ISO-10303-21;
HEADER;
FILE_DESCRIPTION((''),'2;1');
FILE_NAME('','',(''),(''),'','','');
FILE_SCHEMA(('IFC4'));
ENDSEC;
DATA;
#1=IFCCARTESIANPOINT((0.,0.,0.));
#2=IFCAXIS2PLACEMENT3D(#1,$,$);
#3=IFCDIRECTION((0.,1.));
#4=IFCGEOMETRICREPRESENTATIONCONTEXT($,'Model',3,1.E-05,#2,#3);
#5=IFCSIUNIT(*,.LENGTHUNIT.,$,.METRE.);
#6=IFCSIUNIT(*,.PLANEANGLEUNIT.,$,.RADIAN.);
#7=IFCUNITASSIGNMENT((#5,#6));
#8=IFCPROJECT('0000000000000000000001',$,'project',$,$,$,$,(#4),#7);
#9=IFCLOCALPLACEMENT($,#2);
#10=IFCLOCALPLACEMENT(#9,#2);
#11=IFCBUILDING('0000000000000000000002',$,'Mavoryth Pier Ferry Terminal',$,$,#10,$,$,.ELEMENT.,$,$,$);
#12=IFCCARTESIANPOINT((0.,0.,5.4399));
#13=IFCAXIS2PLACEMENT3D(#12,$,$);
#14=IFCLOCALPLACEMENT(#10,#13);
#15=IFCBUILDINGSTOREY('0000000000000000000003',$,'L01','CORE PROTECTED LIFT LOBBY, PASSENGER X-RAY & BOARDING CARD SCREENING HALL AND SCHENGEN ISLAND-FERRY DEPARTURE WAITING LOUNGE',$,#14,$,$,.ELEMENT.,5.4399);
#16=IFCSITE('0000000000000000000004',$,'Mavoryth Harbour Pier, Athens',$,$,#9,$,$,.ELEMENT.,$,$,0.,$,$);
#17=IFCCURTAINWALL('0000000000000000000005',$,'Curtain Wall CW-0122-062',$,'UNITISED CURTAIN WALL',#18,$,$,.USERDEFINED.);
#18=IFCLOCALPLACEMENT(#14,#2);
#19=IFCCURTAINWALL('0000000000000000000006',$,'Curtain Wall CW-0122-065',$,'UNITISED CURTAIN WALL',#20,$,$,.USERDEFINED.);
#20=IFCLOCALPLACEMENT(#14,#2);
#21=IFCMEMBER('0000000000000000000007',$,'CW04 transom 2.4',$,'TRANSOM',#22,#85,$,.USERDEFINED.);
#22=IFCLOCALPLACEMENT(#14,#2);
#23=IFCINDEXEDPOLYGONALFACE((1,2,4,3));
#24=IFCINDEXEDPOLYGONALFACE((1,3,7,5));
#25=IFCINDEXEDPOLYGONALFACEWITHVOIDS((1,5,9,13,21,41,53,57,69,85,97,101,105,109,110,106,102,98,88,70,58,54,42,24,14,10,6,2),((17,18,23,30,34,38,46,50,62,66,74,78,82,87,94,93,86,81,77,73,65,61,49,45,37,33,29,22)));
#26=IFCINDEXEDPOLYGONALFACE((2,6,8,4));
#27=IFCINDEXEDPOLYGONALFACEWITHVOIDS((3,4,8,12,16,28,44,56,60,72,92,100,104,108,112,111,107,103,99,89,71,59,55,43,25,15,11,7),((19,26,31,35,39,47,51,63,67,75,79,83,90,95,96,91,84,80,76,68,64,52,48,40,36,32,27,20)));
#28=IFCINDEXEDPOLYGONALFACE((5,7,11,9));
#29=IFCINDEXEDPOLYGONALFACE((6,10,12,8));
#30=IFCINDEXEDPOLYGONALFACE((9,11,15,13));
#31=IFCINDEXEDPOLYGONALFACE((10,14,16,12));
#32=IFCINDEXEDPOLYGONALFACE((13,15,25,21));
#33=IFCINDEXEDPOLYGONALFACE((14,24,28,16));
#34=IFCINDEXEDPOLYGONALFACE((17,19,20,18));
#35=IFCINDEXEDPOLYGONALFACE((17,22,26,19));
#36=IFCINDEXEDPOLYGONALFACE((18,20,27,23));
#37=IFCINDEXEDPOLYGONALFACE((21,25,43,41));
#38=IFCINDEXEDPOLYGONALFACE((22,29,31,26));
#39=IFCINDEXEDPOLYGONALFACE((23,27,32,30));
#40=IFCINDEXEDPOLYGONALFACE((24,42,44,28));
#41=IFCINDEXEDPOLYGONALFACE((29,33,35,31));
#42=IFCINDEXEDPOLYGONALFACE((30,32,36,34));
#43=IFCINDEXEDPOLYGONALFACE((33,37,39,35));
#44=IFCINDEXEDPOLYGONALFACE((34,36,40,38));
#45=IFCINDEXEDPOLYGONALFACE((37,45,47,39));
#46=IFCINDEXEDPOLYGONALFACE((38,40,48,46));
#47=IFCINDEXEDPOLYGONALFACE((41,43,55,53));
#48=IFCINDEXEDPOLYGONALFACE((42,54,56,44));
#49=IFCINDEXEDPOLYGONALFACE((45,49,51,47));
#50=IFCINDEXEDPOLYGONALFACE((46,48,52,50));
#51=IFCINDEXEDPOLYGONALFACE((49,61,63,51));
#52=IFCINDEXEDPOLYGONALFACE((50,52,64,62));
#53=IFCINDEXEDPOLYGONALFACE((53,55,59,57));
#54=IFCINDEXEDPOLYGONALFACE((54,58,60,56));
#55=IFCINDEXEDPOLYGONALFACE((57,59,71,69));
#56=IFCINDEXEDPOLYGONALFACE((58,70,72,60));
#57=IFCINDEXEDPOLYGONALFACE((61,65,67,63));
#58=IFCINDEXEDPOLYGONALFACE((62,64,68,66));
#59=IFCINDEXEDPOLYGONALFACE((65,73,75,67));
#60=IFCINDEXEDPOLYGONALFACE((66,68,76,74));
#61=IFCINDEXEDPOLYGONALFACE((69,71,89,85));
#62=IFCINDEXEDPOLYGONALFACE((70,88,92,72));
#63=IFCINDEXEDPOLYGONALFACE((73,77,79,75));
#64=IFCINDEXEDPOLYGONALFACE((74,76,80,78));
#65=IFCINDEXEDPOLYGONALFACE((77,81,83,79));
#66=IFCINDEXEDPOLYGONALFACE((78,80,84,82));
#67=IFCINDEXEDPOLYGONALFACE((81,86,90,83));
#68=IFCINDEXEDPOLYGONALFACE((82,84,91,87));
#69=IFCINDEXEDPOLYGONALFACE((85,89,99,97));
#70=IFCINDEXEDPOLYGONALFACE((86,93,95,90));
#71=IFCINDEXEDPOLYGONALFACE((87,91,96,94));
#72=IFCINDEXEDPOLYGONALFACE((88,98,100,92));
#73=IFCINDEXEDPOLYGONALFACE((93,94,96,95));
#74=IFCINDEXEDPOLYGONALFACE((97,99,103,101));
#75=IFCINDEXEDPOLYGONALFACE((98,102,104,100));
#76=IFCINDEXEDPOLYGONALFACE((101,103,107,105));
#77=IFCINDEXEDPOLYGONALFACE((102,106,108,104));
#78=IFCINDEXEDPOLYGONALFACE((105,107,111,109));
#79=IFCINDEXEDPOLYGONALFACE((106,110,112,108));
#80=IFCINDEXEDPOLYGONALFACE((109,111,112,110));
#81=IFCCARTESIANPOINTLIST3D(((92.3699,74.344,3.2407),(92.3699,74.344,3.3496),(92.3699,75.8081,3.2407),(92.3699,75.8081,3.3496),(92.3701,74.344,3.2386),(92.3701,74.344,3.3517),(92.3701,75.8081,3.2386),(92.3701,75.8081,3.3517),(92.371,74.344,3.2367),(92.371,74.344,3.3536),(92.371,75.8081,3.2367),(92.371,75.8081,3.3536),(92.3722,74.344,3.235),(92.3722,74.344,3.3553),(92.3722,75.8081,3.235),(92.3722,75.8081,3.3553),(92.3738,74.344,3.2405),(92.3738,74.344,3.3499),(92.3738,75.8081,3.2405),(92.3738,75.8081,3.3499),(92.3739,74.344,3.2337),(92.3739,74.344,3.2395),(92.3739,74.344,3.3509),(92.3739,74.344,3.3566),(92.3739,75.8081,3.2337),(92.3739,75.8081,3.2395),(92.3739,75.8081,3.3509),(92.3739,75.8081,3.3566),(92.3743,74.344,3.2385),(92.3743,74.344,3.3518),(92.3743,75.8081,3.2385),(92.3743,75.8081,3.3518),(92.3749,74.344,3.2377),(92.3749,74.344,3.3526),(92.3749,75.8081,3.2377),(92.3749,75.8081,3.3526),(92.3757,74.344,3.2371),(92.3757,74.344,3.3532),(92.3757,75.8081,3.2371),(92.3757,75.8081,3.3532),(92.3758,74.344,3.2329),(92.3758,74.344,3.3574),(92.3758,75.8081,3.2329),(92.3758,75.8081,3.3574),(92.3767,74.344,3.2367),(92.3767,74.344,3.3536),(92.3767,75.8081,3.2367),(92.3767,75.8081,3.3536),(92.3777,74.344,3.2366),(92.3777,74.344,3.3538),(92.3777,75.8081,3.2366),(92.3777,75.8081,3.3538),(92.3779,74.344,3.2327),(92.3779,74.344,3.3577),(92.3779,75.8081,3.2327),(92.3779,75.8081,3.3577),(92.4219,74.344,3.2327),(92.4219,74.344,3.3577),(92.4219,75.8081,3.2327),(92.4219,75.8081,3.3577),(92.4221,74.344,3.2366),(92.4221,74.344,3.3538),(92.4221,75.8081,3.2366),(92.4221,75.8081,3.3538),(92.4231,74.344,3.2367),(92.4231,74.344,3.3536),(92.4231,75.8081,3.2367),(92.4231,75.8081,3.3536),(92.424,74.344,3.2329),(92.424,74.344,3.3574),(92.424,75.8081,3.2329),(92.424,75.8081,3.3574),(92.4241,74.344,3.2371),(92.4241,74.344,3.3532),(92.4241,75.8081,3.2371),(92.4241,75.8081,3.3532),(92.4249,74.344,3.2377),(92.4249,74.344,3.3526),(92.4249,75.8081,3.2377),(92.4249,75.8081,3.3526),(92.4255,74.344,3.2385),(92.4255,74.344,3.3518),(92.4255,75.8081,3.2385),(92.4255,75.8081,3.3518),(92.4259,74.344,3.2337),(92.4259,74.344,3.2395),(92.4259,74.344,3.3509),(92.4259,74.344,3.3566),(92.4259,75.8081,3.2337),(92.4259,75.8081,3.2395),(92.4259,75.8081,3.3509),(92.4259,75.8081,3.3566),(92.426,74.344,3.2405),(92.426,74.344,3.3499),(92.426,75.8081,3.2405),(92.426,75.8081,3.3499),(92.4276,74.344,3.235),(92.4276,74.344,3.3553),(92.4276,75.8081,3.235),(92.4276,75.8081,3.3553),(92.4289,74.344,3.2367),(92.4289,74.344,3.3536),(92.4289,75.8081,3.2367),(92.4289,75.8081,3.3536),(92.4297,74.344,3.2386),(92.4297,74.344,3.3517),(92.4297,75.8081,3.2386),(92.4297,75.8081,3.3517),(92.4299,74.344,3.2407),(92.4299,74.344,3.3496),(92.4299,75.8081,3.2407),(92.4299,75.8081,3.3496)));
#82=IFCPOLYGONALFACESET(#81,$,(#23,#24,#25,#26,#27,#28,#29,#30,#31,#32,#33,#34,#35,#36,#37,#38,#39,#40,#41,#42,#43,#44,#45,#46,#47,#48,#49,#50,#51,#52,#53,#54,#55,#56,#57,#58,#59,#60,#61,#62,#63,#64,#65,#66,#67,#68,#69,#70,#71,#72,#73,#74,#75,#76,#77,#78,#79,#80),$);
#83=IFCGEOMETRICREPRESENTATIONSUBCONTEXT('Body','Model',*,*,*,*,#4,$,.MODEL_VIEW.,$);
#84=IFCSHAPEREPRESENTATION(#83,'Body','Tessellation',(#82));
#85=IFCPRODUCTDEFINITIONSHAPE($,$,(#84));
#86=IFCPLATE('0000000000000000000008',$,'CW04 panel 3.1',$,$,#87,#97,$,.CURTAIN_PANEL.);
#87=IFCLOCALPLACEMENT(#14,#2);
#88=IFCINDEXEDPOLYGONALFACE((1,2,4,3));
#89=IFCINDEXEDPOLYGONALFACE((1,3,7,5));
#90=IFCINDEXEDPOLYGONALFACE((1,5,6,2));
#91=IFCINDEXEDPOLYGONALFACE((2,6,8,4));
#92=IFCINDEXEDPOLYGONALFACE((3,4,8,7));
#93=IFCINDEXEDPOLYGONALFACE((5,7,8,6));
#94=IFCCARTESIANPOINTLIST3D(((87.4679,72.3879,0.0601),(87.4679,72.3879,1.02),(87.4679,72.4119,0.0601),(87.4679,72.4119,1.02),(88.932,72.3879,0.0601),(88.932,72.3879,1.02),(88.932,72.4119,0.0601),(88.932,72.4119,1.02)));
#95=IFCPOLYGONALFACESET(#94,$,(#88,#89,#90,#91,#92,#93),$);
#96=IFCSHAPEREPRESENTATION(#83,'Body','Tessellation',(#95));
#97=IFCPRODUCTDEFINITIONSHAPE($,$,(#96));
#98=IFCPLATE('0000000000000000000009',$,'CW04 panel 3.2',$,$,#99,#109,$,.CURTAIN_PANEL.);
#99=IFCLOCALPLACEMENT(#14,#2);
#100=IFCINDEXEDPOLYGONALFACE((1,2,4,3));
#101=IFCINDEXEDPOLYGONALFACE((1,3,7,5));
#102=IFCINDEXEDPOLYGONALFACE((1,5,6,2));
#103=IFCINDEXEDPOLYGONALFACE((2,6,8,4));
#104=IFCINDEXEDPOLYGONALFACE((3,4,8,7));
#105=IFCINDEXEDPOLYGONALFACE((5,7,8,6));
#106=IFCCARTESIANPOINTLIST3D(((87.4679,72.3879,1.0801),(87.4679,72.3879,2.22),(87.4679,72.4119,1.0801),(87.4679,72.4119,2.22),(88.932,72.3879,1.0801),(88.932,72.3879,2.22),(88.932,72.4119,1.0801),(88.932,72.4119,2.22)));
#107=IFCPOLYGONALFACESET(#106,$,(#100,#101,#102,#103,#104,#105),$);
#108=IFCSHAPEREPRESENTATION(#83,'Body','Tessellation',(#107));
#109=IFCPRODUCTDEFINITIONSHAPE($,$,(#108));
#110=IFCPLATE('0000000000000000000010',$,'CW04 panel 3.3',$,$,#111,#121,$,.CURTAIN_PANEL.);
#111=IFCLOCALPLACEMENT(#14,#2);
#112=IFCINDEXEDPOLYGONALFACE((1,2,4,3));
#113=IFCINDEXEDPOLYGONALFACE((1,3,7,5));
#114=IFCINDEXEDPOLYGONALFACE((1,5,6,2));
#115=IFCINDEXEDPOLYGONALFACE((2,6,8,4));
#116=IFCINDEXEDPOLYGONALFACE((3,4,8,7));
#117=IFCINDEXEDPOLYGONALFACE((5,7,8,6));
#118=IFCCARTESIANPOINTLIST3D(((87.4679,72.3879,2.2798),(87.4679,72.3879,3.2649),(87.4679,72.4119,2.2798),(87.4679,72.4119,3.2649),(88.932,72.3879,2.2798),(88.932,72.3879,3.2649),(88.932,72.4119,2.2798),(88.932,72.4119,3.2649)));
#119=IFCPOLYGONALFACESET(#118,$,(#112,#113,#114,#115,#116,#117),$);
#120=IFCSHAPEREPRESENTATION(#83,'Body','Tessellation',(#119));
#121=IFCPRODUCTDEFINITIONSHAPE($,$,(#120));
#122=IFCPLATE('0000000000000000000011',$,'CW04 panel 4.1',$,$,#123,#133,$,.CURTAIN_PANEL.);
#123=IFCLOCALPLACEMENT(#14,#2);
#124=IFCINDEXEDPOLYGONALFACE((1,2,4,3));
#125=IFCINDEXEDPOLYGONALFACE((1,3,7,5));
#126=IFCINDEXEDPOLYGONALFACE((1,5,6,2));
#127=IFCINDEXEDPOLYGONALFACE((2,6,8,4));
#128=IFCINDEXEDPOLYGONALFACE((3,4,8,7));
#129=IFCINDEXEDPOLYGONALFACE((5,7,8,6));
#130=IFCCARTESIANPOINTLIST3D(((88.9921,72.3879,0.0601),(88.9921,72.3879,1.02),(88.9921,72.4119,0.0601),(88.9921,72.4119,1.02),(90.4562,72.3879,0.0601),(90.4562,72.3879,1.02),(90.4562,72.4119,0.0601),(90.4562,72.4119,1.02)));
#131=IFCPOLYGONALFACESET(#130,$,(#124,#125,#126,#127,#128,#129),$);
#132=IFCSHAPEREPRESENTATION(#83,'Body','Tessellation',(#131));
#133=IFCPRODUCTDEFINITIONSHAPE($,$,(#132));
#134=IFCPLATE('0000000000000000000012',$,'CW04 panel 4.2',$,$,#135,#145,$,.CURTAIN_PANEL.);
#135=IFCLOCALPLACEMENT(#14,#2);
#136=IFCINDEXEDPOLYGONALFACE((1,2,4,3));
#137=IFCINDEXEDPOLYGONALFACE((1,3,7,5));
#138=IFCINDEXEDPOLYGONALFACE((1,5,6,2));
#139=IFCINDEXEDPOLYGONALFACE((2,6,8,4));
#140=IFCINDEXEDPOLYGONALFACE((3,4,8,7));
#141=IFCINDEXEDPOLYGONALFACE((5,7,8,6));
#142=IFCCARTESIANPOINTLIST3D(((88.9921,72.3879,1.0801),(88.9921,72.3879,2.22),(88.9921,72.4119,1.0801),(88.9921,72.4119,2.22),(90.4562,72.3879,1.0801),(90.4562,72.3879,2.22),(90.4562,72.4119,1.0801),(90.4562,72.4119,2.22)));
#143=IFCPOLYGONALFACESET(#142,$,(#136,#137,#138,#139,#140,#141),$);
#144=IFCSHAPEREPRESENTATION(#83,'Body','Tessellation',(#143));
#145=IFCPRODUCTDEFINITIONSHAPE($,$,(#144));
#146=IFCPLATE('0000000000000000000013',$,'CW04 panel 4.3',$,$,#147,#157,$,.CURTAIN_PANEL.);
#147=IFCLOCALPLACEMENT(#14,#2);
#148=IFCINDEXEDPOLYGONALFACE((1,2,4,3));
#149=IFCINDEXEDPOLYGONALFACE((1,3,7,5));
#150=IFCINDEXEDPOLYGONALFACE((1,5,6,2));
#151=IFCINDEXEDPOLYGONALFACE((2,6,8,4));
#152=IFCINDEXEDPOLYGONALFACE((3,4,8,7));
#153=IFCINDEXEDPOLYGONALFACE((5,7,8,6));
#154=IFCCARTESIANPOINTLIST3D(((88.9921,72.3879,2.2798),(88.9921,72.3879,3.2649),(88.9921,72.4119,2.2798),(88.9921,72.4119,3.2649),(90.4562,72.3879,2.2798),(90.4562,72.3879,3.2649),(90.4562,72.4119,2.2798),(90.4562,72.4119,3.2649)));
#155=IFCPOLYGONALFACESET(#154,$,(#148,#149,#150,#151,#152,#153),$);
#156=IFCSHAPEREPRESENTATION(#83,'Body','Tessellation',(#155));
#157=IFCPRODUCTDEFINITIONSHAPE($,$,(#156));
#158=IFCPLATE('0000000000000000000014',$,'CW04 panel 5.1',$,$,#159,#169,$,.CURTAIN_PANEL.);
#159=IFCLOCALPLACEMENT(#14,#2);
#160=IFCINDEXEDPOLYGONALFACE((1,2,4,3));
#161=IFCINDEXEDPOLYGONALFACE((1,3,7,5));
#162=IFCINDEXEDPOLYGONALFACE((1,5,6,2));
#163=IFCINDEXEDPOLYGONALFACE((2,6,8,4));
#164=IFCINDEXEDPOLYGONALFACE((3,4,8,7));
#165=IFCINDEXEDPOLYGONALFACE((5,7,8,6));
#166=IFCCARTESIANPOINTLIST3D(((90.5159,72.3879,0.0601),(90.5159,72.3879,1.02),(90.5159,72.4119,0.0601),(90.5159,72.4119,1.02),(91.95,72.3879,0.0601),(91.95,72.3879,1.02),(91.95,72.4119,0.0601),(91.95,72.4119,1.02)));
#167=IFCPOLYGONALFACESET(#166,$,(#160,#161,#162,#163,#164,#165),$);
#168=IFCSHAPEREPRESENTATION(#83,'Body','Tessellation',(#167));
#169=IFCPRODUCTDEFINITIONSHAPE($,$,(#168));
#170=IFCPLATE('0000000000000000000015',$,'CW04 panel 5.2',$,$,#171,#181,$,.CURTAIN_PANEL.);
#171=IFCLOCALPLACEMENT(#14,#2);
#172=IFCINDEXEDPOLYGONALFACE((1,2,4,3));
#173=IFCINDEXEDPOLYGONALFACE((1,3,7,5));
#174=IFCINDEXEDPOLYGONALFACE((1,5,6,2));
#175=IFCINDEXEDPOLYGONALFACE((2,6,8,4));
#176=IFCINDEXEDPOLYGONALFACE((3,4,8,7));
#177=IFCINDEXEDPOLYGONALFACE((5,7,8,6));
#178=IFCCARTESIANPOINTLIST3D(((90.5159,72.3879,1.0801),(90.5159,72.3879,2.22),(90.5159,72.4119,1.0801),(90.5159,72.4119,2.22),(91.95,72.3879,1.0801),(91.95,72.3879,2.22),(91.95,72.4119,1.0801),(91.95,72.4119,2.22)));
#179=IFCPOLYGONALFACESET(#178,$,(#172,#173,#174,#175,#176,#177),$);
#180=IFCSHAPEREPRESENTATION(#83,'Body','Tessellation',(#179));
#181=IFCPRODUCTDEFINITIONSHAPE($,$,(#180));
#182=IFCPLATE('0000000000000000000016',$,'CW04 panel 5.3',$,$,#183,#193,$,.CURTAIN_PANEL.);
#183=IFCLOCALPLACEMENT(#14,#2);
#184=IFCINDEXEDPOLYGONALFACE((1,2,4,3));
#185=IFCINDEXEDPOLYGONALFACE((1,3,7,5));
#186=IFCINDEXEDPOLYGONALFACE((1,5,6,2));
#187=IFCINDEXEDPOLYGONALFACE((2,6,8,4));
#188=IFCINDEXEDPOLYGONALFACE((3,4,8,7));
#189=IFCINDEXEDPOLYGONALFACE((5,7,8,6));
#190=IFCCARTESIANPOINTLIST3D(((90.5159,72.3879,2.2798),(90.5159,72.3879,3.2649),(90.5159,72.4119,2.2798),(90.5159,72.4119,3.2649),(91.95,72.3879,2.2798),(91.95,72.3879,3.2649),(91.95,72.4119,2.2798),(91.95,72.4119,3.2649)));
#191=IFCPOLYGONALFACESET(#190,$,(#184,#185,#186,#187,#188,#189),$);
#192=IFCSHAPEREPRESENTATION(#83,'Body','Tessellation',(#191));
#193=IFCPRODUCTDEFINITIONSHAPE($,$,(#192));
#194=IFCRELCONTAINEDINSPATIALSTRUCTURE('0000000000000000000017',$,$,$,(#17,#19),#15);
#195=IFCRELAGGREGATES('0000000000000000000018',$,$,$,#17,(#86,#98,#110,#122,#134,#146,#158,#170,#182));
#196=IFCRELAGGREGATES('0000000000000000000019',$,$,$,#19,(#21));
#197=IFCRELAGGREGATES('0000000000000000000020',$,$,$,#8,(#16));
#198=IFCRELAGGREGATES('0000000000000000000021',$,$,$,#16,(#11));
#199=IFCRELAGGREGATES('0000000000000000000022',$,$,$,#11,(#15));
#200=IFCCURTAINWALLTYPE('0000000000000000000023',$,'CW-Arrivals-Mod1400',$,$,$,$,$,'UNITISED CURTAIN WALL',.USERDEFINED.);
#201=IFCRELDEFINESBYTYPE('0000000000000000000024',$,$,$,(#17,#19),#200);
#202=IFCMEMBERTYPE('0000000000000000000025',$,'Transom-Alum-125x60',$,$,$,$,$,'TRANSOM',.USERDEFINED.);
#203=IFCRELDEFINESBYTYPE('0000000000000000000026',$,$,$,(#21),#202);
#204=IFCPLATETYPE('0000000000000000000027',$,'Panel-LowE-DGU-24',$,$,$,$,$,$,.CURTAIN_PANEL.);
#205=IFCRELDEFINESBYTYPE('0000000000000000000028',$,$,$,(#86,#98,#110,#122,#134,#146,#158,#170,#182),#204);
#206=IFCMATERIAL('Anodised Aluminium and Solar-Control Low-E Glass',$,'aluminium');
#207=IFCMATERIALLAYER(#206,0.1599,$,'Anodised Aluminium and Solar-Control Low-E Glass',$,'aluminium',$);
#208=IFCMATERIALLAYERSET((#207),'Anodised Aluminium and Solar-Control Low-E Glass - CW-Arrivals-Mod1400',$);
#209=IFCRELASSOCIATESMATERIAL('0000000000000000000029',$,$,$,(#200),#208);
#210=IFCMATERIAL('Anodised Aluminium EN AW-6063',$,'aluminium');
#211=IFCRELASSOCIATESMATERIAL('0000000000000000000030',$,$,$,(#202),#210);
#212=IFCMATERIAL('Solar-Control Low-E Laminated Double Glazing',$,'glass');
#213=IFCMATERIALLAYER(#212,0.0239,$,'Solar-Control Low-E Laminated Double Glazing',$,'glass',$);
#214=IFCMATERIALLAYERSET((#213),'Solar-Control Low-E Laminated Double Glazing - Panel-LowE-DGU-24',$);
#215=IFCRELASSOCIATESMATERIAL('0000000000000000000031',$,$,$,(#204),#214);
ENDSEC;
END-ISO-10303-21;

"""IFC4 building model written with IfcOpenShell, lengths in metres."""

from ifc_helpers import new_model, si_unit, direction, frame, origin, origin_2d, place, context, subcontext, project, spatial, rectangle, hollow_rectangle, extrude, material, layer, layer_set, material_profile, profile_set, type_object, element, aggregate, save


model = new_model("IFC4")

# Units and contexts
model_context = context("Model", 3, precision=1e-05, world=origin(), true_north=direction((0.0, 1.0)))
body_context = subcontext(model_context, "Body", "Model", "MODEL_VIEW")
ifc_project = project(units=[si_unit("LENGTHUNIT", "METRE"), si_unit("PLANEANGLEUNIT", "RADIAN")], contexts=[model_context])

# Site, building, storey
site_placement = place(None, origin())
site = spatial("IfcSite", under=ifc_project, at=site_placement, Name="Mavoryth Harbour Pier, Athens", CompositionType="ELEMENT", RefElevation=0.0)
building_placement = place(site_placement, origin())
building = spatial("IfcBuilding", under=site, at=building_placement, Name="Mavoryth Pier Ferry Terminal", CompositionType="ELEMENT")
storey_placement = place(building_placement, frame((0.0, 0.0, 5.4399)))
storey = spatial("IfcBuildingStorey", under=building, at=storey_placement, Name="L01", Description="CORE PROTECTED LIFT LOBBY, PASSENGER X-RAY & BOARDING CARD SCREENING HALL AND SCHENGEN ISLAND-FERRY DEPARTURE WAITING LOUNGE", CompositionType="ELEMENT", Elevation=5.4399)

# Curtain walls
ifc_material_1 = material(Name="Anodised Aluminium and Solar-Control Low-E Glass", Category="aluminium")
ifc_layer_1 = layer(ifc_material_1, 0.1599, Name="Anodised Aluminium and Solar-Control Low-E Glass", Category="aluminium")
ifc_layer_set_1 = layer_set([ifc_layer_1], Name="Anodised Aluminium and Solar-Control Low-E Glass - CW-Arrivals-Mod1400")
curtain_wall_type = type_object("IfcCurtainWallType", Name="CW-Arrivals-Mod1400", ElementType="UNITISED CURTAIN WALL", PredefinedType="USERDEFINED", material=ifc_layer_set_1)
curtain_wall_1_placement = place(storey_placement, origin())
curtain_wall_1 = element("IfcCurtainWall", 1, at=curtain_wall_1_placement, inside=storey, type_object=curtain_wall_type, Name="Curtain Wall CW-0122-062", ObjectType="UNITISED CURTAIN WALL", PredefinedType="USERDEFINED")
ifc_material_2 = material(Name="Anodised Aluminium EN AW-6063", Category="aluminium")
curtain_wall_2_placement = place(storey_placement, origin())
curtain_wall_2 = element("IfcCurtainWall", 2, at=curtain_wall_2_placement, inside=storey, type_object=curtain_wall_type, Name="Curtain Wall CW-0122-065", ObjectType="UNITISED CURTAIN WALL", PredefinedType="USERDEFINED")

# Member
ifc_material_profile_1 = material_profile(ifc_material_2, hollow_rectangle(XDim=0.0601, YDim=0.125, WallThickness=0.0039, InnerFilletRadius=0.0039, OuterFilletRadius=0.0081, at=origin_2d()), Name="AL-TRAN 125x60x4", Category="aluminium")
ifc_profile_set_1 = profile_set([ifc_material_profile_1], Name="Anodised Aluminium EN AW-6063 - AL-TRAN 125x60x4")
member_type_1 = type_object("IfcMemberType", Name="Transom-Alum-125x60", ElementType="TRANSOM", PredefinedType="USERDEFINED", material=ifc_profile_set_1)
member_1_placement = place(storey_placement, frame((92.3999, 74.344, 3.2952), z_axis=(0.0, 1.0, 0.0), x_axis=(-1.0, 0.0, 0.0)))
member_1 = element("IfcMember", 3, at=member_1_placement, type_object=member_type_1, Name="CW04 transom 2.4", ObjectType="TRANSOM", PredefinedType="USERDEFINED", context=body_context, shape_type="SweptSolid", body=[
    extrude(hollow_rectangle(XDim=0.0601, YDim=0.125, WallThickness=0.0039, InnerFilletRadius=0.0039, OuterFilletRadius=0.0081, at=origin_2d()), origin(), (0.0, 0.0, 1.0), 1.4641),
])

# Plates
ifc_material_3 = material(Name="Solar-Control Low-E Laminated Double Glazing", Category="glass")
ifc_layer_2 = layer(ifc_material_3, 0.0239, Name="Solar-Control Low-E Laminated Double Glazing", Category="glass")
ifc_layer_set_2 = layer_set([ifc_layer_2], Name="Solar-Control Low-E Laminated Double Glazing - Panel-LowE-DGU-24")
plate_type = type_object("IfcPlateType", Name="Panel-LowE-DGU-24", PredefinedType="CURTAIN_PANEL", material=ifc_layer_set_2)
plate_1_placement = place(storey_placement, frame((88.2, 72.3999, 0.0601), z_axis=(0.0, 0.0, 1.0), x_axis=(1.0, 0.0, 0.0)))
plate_1 = element("IfcPlate", 4, at=plate_1_placement, type_object=plate_type, Name="CW04 panel 3.1", PredefinedType="CURTAIN_PANEL", context=body_context, shape_type="SweptSolid", body=[
    extrude(rectangle(XDim=1.4641, YDim=0.0239, at=origin_2d()), origin(), (0.0, 0.0, 1.0), 0.96),
])
plate_2_placement = place(storey_placement, frame((88.2, 72.3999, 1.0801), z_axis=(0.0, 0.0, 1.0), x_axis=(1.0, 0.0, 0.0)))
plate_2 = element("IfcPlate", 5, at=plate_2_placement, type_object=plate_type, Name="CW04 panel 3.2", PredefinedType="CURTAIN_PANEL", context=body_context, shape_type="SweptSolid", body=[
    extrude(rectangle(XDim=1.4641, YDim=0.0239, at=origin_2d()), origin(), (0.0, 0.0, 1.0), 1.1399),
])
plate_3_placement = place(storey_placement, frame((88.2, 72.3999, 2.2798), z_axis=(0.0, 0.0, 1.0), x_axis=(1.0, 0.0, 0.0)))
plate_3 = element("IfcPlate", 6, at=plate_3_placement, type_object=plate_type, Name="CW04 panel 3.3", PredefinedType="CURTAIN_PANEL", context=body_context, shape_type="SweptSolid", body=[
    extrude(rectangle(XDim=1.4641, YDim=0.0239, at=origin_2d()), origin(), (0.0, 0.0, 1.0), 0.9851),
])
plate_4_placement = place(storey_placement, frame((89.7241, 72.3999, 0.0601), z_axis=(0.0, 0.0, 1.0), x_axis=(1.0, 0.0, 0.0)))
plate_4 = element("IfcPlate", 7, at=plate_4_placement, type_object=plate_type, Name="CW04 panel 4.1", PredefinedType="CURTAIN_PANEL", context=body_context, shape_type="SweptSolid", body=[
    extrude(rectangle(XDim=1.4641, YDim=0.0239, at=origin_2d()), origin(), (0.0, 0.0, 1.0), 0.96),
])
plate_5_placement = place(storey_placement, frame((89.7241, 72.3999, 1.0801), z_axis=(0.0, 0.0, 1.0), x_axis=(1.0, 0.0, 0.0)))
plate_5 = element("IfcPlate", 8, at=plate_5_placement, type_object=plate_type, Name="CW04 panel 4.2", PredefinedType="CURTAIN_PANEL", context=body_context, shape_type="SweptSolid", body=[
    extrude(rectangle(XDim=1.4641, YDim=0.0239, at=origin_2d()), origin(), (0.0, 0.0, 1.0), 1.1399),
])
plate_6_placement = place(storey_placement, frame((89.7241, 72.3999, 2.2798), z_axis=(0.0, 0.0, 1.0), x_axis=(1.0, 0.0, 0.0)))
plate_6 = element("IfcPlate", 9, at=plate_6_placement, type_object=plate_type, Name="CW04 panel 4.3", PredefinedType="CURTAIN_PANEL", context=body_context, shape_type="SweptSolid", body=[
    extrude(rectangle(XDim=1.4641, YDim=0.0239, at=origin_2d()), origin(), (0.0, 0.0, 1.0), 0.9851),
])
plate_7_placement = place(storey_placement, frame((91.2329, 72.3999, 0.0601), z_axis=(0.0, 0.0, 1.0), x_axis=(1.0, 0.0, 0.0)))
plate_7 = element("IfcPlate", 10, at=plate_7_placement, type_object=plate_type, Name="CW04 panel 5.1", PredefinedType="CURTAIN_PANEL", context=body_context, shape_type="SweptSolid", body=[
    extrude(rectangle(XDim=1.4341, YDim=0.0239, at=origin_2d()), origin(), (0.0, 0.0, 1.0), 0.96),
])
plate_8_placement = place(storey_placement, frame((91.2329, 72.3999, 1.0801), z_axis=(0.0, 0.0, 1.0), x_axis=(1.0, 0.0, 0.0)))
plate_8 = element("IfcPlate", 11, at=plate_8_placement, type_object=plate_type, Name="CW04 panel 5.2", PredefinedType="CURTAIN_PANEL", context=body_context, shape_type="SweptSolid", body=[
    extrude(rectangle(XDim=1.4341, YDim=0.0239, at=origin_2d()), origin(), (0.0, 0.0, 1.0), 1.1399),
])
plate_9_placement = place(storey_placement, frame((91.2329, 72.3999, 2.2798), z_axis=(0.0, 0.0, 1.0), x_axis=(1.0, 0.0, 0.0)))
plate_9 = element("IfcPlate", 12, at=plate_9_placement, type_object=plate_type, Name="CW04 panel 5.3", PredefinedType="CURTAIN_PANEL", context=body_context, shape_type="SweptSolid", body=[
    extrude(rectangle(XDim=1.4341, YDim=0.0239, at=origin_2d()), origin(), (0.0, 0.0, 1.0), 0.9851),
])
aggregate(curtain_wall_1, [plate_1, plate_2, plate_3, plate_4, plate_5, plate_6, plate_7, plate_8, plate_9])
aggregate(curtain_wall_2, [member_1])

save(model, "model.ifc")
